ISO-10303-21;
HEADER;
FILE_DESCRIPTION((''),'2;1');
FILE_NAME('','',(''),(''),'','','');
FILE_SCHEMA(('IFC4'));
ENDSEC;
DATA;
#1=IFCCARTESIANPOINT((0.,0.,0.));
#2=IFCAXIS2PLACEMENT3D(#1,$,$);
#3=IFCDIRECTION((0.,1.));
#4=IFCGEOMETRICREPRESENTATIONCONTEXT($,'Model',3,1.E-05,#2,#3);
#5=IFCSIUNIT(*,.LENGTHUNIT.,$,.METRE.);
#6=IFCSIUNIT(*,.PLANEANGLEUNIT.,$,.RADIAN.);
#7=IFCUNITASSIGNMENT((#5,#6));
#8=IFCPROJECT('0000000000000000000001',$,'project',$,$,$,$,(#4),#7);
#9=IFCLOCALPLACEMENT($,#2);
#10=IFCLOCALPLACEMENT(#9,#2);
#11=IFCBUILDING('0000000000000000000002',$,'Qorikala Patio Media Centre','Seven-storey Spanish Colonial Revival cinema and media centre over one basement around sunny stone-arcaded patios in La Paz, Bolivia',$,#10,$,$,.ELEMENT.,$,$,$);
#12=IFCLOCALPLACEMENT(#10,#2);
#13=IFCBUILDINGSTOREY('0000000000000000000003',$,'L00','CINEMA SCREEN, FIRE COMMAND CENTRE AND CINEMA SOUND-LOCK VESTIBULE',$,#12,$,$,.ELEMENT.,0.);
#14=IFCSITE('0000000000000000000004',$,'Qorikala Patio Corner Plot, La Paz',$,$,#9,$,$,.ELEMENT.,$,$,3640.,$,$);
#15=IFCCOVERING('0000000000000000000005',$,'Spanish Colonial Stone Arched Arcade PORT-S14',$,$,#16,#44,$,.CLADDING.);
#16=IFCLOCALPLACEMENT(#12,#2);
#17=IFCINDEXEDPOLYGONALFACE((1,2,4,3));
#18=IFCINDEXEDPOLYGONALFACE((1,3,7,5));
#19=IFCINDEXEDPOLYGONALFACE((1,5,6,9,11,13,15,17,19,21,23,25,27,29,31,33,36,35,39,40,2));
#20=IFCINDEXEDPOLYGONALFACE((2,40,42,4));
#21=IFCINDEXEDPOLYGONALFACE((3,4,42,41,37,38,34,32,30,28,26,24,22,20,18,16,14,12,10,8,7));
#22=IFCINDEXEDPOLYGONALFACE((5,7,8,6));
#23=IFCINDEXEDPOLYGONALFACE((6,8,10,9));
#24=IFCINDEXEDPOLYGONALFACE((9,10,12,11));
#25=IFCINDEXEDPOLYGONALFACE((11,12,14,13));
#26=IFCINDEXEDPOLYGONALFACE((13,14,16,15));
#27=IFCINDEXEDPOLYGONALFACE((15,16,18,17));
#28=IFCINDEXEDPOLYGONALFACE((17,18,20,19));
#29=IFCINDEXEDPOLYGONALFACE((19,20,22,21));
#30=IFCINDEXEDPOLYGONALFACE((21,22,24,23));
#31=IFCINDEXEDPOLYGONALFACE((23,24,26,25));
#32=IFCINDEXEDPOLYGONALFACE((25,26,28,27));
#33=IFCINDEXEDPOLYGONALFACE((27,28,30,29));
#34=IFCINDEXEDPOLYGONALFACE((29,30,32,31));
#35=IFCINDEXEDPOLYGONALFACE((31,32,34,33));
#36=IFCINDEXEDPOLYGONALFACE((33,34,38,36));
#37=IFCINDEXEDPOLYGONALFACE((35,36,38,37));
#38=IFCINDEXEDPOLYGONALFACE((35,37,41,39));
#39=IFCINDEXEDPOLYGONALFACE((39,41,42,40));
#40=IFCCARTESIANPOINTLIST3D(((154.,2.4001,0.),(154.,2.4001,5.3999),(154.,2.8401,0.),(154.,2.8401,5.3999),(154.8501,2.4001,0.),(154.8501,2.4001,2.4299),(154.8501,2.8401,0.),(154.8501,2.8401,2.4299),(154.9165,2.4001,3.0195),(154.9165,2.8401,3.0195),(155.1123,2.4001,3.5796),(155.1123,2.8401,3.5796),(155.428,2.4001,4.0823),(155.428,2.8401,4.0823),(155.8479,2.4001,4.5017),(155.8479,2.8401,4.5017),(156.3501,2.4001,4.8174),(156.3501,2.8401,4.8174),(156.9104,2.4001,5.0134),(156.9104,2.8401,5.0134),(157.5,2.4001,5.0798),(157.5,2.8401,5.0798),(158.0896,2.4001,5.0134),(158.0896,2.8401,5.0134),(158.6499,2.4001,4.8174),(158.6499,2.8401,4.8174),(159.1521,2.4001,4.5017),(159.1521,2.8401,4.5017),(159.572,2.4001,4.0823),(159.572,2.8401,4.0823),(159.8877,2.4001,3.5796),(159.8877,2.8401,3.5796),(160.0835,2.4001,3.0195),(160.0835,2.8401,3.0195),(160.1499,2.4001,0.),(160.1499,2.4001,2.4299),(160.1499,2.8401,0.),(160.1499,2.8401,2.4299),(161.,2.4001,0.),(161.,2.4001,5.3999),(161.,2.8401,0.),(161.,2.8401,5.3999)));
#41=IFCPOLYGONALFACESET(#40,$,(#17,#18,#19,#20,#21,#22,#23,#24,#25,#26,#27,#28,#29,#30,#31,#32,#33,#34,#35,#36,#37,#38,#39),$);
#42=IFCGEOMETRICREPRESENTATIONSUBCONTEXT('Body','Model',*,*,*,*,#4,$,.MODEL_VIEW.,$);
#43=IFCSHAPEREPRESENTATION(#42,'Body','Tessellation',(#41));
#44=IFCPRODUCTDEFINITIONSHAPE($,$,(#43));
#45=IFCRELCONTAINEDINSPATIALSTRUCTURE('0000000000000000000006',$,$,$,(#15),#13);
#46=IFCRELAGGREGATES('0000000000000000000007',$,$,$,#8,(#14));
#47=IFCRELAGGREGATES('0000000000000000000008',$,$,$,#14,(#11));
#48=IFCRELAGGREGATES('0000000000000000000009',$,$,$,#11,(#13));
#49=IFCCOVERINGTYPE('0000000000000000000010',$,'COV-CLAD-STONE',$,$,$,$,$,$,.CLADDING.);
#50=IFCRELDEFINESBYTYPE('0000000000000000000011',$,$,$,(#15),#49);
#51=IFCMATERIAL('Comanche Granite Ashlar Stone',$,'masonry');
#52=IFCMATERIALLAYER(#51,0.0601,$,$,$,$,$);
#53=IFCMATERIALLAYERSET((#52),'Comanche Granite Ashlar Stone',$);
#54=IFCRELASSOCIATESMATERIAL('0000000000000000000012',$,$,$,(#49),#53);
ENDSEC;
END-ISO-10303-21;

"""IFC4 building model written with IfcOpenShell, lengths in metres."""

from ifc_helpers import new_model, si_unit, direction, frame, origin, place, context, subcontext, project, spatial, polyline, outline, extrude, material, layer, layer_set, type_object, element, save


model = new_model("IFC4")

# Units and contexts
model_context = context("Model", 3, precision=1e-05, world=origin(), true_north=direction((0.0, 1.0)))
body_context = subcontext(model_context, "Body", "Model", "MODEL_VIEW")
ifc_project = project(units=[si_unit("LENGTHUNIT", "METRE"), si_unit("PLANEANGLEUNIT", "RADIAN")], contexts=[model_context])

# Site, building, storey
site_placement = place(None, origin())
site = spatial("IfcSite", under=ifc_project, at=site_placement, Name="Qorikala Patio Corner Plot, La Paz", CompositionType="ELEMENT", RefElevation=3640.0)
building_placement = place(site_placement, origin())
building = spatial("IfcBuilding", under=site, at=building_placement, Name="Qorikala Patio Media Centre", Description="Seven-storey Spanish Colonial Revival cinema and media centre over one basement around sunny stone-arcaded patios in La Paz, Bolivia", CompositionType="ELEMENT")
storey_placement = place(building_placement, origin())
storey = spatial("IfcBuildingStorey", under=building, at=storey_placement, Name="L00", Description="CINEMA SCREEN, FIRE COMMAND CENTRE AND CINEMA SOUND-LOCK VESTIBULE", CompositionType="ELEMENT", Elevation=0.0)

# Covering
ifc_material_1 = material(Name="Comanche Granite Ashlar Stone", Category="masonry")
ifc_layer_1 = layer(ifc_material_1, 0.0601)
ifc_layer_set_1 = layer_set([ifc_layer_1], Name="Comanche Granite Ashlar Stone")
covering_type = type_object("IfcCoveringType", Name="COV-CLAD-STONE", PredefinedType="CLADDING", material=ifc_layer_set_1)
covering_1_placement = place(storey_placement, frame((154.0, 2.6201, 0.0), z_axis=(0.0, 0.0, 1.0), x_axis=(1.0, 0.0, 0.0)))
element("IfcCovering", 1, at=covering_1_placement, inside=storey, type_object=covering_type, Name="Spanish Colonial Stone Arched Arcade PORT-S14", PredefinedType="CLADDING", context=body_context, shape_type="SweptSolid", body=[
    extrude(outline(polyline([(0.0, 0.0), (0.8501, 0.0), (0.8501, 2.4299), (0.9165, 3.0195), (1.1123, 3.5796), (1.428, 4.0823), (1.8479, 4.5017), (2.3501, 4.8174), (2.9104, 5.0134), (3.5, 5.0798), (4.0896, 5.0134), (4.6499, 4.8174), (5.1521, 4.5017), (5.572, 4.0823), (5.8877, 3.5796), (6.0835, 3.0195), (6.1499, 2.4299), (6.1499, 0.0), (7.0, 0.0), (7.0, 5.3999), (0.0, 5.3999), (0.0, 0.0)])), frame((0.0, 0.22, 0.0), z_axis=(0.0, -1.0, 0.0), x_axis=(1.0, 0.0, 0.0)), (0.0, 0.0, 1.0), 0.4399),
])

save(model, "model.ifc")
